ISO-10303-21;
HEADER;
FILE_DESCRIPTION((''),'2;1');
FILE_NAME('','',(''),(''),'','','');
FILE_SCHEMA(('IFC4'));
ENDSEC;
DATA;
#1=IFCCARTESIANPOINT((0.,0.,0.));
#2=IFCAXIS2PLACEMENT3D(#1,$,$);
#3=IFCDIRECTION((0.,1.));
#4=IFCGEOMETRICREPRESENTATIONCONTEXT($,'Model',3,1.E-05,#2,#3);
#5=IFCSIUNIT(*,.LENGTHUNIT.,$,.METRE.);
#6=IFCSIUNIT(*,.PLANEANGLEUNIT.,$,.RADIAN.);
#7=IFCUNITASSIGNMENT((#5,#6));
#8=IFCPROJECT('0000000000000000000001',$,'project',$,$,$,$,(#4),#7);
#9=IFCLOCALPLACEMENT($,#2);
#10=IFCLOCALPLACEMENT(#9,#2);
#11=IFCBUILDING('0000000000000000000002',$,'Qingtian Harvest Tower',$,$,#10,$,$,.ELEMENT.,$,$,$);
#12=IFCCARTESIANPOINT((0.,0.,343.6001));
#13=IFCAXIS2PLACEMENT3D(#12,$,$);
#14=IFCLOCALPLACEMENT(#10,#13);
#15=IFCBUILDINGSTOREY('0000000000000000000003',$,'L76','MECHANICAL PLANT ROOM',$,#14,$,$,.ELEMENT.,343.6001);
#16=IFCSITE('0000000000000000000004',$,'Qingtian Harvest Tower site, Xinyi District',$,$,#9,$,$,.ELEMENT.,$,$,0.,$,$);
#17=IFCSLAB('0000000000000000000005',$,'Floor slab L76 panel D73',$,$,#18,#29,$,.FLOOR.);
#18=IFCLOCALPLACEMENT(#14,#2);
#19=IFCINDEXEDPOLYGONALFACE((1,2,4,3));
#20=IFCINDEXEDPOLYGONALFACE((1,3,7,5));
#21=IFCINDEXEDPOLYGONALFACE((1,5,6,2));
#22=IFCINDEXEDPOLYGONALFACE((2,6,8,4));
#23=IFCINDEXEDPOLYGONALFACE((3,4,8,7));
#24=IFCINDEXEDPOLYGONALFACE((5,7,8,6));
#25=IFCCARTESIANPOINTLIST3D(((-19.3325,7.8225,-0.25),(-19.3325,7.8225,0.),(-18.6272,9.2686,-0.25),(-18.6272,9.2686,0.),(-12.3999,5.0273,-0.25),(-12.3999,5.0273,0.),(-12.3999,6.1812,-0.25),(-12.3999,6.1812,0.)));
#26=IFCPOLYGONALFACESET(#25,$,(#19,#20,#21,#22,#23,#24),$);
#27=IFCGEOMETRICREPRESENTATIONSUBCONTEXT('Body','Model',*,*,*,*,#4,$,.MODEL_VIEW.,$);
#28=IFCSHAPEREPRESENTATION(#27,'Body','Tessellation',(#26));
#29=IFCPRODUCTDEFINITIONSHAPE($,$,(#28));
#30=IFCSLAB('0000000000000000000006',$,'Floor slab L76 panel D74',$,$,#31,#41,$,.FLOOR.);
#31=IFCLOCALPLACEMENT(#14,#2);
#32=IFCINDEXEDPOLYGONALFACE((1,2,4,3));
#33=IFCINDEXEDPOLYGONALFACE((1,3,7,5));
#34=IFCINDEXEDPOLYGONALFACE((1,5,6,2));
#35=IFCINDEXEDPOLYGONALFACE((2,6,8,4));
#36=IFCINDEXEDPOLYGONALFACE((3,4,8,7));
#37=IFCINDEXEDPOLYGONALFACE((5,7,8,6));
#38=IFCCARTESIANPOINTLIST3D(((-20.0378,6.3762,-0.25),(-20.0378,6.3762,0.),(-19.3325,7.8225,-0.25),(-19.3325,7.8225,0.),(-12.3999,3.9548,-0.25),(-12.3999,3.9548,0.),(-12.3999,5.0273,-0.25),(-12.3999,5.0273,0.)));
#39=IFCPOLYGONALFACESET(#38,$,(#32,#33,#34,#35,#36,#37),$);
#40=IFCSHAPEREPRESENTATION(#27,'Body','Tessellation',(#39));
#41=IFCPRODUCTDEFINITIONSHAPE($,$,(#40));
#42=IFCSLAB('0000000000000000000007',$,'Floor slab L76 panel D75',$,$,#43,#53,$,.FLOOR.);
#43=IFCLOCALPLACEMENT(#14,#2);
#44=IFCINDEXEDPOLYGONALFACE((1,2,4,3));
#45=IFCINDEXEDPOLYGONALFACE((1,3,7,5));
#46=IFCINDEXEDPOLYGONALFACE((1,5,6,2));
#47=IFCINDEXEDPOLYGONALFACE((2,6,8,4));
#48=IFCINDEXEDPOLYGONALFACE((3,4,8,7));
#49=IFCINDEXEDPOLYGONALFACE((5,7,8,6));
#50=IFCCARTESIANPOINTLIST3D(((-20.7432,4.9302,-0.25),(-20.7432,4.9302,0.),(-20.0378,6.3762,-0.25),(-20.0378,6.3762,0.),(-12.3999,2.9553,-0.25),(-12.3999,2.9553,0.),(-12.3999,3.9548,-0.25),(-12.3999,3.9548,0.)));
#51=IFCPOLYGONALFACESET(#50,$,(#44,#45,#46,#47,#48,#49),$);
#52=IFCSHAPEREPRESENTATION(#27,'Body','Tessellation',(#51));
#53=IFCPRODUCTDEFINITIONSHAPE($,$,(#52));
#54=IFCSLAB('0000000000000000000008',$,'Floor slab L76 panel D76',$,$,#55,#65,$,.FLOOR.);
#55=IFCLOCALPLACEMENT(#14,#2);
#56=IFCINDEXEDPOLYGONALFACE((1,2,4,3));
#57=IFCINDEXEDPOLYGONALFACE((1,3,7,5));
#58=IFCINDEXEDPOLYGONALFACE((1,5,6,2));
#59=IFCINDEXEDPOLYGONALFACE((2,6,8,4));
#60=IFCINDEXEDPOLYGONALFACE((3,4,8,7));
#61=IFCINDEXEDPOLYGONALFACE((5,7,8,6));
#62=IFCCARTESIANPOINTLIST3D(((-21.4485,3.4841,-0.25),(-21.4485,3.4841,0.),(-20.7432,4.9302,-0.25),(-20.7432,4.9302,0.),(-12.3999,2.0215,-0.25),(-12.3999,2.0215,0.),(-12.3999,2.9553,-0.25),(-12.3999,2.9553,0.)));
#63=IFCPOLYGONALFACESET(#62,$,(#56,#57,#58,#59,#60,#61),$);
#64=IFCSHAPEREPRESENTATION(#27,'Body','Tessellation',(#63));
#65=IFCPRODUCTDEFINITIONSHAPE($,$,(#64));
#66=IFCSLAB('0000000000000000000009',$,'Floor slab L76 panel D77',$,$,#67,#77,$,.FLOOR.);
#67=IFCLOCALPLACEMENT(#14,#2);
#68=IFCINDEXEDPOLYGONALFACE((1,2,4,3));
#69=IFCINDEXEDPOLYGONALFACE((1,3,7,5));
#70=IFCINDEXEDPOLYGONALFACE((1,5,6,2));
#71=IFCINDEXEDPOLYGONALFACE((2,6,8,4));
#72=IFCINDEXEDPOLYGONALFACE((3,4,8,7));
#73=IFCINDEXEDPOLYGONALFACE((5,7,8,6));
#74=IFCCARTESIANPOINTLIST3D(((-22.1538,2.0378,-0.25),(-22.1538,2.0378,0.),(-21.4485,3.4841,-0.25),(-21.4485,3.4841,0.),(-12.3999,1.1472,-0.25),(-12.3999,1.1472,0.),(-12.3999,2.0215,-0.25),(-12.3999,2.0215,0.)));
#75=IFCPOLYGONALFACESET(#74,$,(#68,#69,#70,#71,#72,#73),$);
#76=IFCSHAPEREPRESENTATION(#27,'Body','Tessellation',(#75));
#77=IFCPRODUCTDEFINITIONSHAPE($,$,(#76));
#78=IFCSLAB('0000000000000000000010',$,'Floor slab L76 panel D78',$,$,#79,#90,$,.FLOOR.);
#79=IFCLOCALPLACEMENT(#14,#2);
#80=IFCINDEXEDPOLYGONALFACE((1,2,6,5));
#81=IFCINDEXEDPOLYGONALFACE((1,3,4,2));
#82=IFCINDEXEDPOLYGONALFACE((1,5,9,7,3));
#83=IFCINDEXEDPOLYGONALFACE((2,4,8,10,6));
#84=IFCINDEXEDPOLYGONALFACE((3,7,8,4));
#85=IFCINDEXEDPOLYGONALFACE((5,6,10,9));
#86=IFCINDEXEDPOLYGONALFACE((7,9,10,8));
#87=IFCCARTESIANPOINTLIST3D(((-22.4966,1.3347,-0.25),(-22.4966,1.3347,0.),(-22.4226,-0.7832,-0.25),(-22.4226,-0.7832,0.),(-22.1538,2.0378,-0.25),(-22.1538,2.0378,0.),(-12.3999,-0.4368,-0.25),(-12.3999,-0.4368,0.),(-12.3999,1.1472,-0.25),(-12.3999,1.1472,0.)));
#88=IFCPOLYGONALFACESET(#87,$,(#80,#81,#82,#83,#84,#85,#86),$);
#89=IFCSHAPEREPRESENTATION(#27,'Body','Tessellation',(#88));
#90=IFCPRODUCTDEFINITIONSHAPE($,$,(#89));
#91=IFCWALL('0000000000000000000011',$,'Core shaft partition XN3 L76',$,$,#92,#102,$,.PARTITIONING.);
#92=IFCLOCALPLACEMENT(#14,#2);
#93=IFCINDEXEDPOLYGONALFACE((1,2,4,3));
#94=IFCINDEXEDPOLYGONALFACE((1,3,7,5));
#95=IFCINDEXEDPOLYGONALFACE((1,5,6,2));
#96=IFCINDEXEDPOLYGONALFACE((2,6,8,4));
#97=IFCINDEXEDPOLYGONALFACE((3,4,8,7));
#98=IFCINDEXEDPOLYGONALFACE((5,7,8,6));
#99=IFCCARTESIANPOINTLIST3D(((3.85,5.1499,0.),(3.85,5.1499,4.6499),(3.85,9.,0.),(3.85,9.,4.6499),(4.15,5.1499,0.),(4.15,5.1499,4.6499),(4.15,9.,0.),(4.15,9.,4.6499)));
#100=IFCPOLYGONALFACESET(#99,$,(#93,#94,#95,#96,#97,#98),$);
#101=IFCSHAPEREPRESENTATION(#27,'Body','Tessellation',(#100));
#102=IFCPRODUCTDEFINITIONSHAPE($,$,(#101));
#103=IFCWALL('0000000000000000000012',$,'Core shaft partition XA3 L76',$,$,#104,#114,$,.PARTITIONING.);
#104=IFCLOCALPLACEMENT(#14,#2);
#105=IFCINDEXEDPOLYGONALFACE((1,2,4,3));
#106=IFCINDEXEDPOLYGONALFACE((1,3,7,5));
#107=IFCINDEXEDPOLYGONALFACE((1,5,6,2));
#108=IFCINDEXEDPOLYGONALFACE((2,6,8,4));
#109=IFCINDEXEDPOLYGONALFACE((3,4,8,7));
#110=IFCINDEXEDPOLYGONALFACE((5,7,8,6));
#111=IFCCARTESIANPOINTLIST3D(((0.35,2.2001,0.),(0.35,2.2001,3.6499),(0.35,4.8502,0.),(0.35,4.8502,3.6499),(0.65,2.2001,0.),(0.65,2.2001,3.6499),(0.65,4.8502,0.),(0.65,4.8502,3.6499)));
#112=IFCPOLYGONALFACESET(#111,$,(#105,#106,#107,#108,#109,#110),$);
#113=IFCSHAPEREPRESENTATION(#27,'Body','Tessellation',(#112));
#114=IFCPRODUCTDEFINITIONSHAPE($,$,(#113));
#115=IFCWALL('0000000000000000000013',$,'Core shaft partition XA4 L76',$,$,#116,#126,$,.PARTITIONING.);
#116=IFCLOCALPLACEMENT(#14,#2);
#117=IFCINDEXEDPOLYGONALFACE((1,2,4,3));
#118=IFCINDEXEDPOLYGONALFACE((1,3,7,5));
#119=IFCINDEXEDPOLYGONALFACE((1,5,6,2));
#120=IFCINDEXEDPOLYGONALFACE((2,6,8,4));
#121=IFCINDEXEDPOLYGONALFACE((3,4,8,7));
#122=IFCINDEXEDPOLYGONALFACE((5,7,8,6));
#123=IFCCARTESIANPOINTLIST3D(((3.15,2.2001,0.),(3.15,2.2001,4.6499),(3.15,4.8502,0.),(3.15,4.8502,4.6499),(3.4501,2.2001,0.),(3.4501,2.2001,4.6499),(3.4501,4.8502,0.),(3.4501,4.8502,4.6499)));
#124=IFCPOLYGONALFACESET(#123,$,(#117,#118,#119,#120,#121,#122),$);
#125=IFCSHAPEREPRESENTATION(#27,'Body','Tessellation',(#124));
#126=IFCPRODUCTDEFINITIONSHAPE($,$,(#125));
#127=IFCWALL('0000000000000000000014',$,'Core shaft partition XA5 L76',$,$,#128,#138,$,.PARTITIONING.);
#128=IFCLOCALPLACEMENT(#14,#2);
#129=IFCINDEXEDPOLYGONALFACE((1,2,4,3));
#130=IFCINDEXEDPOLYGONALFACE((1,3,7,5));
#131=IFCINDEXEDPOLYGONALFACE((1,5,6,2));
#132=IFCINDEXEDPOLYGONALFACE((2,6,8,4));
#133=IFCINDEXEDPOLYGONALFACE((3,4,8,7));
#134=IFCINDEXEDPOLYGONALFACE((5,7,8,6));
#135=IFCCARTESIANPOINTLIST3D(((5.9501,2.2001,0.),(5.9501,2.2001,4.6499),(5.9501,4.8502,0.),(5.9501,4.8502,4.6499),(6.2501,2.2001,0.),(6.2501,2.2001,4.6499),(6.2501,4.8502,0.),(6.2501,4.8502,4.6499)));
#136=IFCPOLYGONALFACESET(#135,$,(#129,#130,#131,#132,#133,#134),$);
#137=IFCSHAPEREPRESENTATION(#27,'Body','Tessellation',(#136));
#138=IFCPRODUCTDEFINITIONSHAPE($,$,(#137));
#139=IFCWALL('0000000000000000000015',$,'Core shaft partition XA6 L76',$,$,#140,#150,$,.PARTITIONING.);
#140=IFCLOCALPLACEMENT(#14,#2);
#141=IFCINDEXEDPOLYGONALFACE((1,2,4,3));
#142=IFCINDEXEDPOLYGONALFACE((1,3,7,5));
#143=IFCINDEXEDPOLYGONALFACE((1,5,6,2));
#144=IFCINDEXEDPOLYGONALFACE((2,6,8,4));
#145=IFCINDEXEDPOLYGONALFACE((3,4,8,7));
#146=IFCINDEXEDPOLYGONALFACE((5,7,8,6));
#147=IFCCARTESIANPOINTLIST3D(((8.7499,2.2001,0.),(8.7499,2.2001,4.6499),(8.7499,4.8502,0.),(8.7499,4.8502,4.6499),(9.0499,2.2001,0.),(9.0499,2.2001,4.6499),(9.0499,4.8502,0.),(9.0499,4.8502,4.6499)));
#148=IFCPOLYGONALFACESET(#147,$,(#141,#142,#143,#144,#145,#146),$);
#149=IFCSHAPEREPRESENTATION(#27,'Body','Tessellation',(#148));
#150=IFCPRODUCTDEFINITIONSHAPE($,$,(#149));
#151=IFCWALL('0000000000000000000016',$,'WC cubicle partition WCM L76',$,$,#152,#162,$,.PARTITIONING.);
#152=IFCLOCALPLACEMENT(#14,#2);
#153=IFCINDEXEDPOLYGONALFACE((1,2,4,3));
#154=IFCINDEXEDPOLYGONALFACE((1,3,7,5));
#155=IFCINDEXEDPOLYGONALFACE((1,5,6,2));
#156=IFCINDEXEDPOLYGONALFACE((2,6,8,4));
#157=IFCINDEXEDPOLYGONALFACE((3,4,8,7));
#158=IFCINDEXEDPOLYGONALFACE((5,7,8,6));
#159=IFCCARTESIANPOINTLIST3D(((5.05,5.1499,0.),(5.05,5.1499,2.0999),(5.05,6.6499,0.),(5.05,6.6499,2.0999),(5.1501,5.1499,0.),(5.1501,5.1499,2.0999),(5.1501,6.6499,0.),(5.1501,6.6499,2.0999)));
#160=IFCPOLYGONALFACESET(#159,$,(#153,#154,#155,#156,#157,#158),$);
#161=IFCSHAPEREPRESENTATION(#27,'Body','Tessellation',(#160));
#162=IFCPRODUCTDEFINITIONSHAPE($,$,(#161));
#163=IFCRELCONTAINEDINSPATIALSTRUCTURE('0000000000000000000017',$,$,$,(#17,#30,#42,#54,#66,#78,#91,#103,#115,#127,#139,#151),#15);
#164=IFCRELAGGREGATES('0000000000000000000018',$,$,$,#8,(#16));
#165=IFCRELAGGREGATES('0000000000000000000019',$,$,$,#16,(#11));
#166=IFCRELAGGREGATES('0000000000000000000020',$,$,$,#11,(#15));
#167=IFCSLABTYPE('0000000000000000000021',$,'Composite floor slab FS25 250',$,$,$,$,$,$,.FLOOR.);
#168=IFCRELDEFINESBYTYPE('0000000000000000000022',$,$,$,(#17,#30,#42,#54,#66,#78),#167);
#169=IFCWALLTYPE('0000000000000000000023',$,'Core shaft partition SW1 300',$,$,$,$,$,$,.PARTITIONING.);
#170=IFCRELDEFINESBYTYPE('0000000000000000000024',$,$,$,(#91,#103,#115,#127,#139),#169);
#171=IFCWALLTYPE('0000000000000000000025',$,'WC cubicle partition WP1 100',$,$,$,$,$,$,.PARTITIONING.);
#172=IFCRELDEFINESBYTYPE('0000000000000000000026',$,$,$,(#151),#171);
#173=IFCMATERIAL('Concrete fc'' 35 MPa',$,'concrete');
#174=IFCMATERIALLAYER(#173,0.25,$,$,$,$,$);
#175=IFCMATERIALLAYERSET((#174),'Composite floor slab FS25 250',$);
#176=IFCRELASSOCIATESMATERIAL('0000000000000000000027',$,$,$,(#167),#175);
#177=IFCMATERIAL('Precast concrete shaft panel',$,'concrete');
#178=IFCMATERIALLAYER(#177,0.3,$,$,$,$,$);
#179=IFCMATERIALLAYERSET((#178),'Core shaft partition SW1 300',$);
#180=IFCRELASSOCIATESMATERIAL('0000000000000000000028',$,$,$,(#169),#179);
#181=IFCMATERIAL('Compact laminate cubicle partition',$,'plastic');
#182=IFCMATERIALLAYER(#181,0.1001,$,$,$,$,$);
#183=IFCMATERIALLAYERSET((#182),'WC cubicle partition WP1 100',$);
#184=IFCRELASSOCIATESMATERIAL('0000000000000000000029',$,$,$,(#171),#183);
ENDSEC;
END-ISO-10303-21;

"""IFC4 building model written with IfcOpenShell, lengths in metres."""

from ifc_helpers import new_model, si_unit, direction, frame, frame_2d, origin, place, context, subcontext, project, spatial, polyline, rectangle, outline, extrude, material, layer, layer_set, type_object, element, save


model = new_model("IFC4")

# Units and contexts
model_context = context("Model", 3, precision=1e-05, world=origin(), true_north=direction((0.0, 1.0)))
body_context = subcontext(model_context, "Body", "Model", "MODEL_VIEW")
ifc_project = project(units=[si_unit("LENGTHUNIT", "METRE"), si_unit("PLANEANGLEUNIT", "RADIAN")], contexts=[model_context])

# Site, building, storey
site_placement = place(None, origin())
site = spatial("IfcSite", under=ifc_project, at=site_placement, Name="Qingtian Harvest Tower site, Xinyi District", CompositionType="ELEMENT", RefElevation=0.0)
building_placement = place(site_placement, origin())
building = spatial("IfcBuilding", under=site, at=building_placement, Name="Qingtian Harvest Tower", CompositionType="ELEMENT")
storey_placement = place(building_placement, frame((0.0, 0.0, 343.6001)))
storey = spatial("IfcBuildingStorey", under=building, at=storey_placement, Name="L76", Description="MECHANICAL PLANT ROOM", CompositionType="ELEMENT", Elevation=343.6001)

# Slabs
ifc_material_1 = material(Name="Concrete fc' 35 MPa", Category="concrete")
ifc_layer_1 = layer(ifc_material_1, 0.25)
ifc_layer_set_1 = layer_set([ifc_layer_1], Name="Composite floor slab FS25 250")
slab_type = type_object("IfcSlabType", Name="Composite floor slab FS25 250", PredefinedType="FLOOR", material=ifc_layer_set_1)
slab_1_placement = place(storey_placement, frame((0.0, 0.0, -0.25)))
element("IfcSlab", 1, at=slab_1_placement, inside=storey, type_object=slab_type, Name="Floor slab L76 panel D73", PredefinedType="FLOOR", context=body_context, shape_type="SweptSolid", body=[
    extrude(outline(polyline([(-12.3999, 5.0273), (-19.3325, 7.8225), (-18.6272, 9.2686), (-12.3999, 6.1812), (-12.3999, 5.0273)])), origin(), (0.0, 0.0, 1.0), 0.25),
])
slab_2_placement = place(storey_placement, frame((0.0, 0.0, -0.25)))
element("IfcSlab", 2, at=slab_2_placement, inside=storey, type_object=slab_type, Name="Floor slab L76 panel D74", PredefinedType="FLOOR", context=body_context, shape_type="SweptSolid", body=[
    extrude(outline(polyline([(-12.3999, 3.9548), (-20.0378, 6.3762), (-19.3325, 7.8225), (-12.3999, 5.0273), (-12.3999, 3.9548)])), origin(), (0.0, 0.0, 1.0), 0.25),
])
slab_3_placement = place(storey_placement, frame((0.0, 0.0, -0.25)))
element("IfcSlab", 3, at=slab_3_placement, inside=storey, type_object=slab_type, Name="Floor slab L76 panel D75", PredefinedType="FLOOR", context=body_context, shape_type="SweptSolid", body=[
    extrude(outline(polyline([(-12.3999, 2.9553), (-20.7432, 4.9302), (-20.0378, 6.3762), (-12.3999, 3.9548), (-12.3999, 2.9553)])), origin(), (0.0, 0.0, 1.0), 0.25),
])
slab_4_placement = place(storey_placement, frame((0.0, 0.0, -0.25)))
element("IfcSlab", 4, at=slab_4_placement, inside=storey, type_object=slab_type, Name="Floor slab L76 panel D76", PredefinedType="FLOOR", context=body_context, shape_type="SweptSolid", body=[
    extrude(outline(polyline([(-12.3999, 2.0215), (-21.4485, 3.4841), (-20.7432, 4.9302), (-12.3999, 2.9553), (-12.3999, 2.0215)])), origin(), (0.0, 0.0, 1.0), 0.25),
])
slab_5_placement = place(storey_placement, frame((0.0, 0.0, -0.25)))
element("IfcSlab", 5, at=slab_5_placement, inside=storey, type_object=slab_type, Name="Floor slab L76 panel D77", PredefinedType="FLOOR", context=body_context, shape_type="SweptSolid", body=[
    extrude(outline(polyline([(-12.3999, 1.1472), (-22.1538, 2.0378), (-21.4485, 3.4841), (-12.3999, 2.0215), (-12.3999, 1.1472)])), origin(), (0.0, 0.0, 1.0), 0.25),
])
slab_6_placement = place(storey_placement, frame((0.0, 0.0, -0.25)))
element("IfcSlab", 6, at=slab_6_placement, inside=storey, type_object=slab_type, Name="Floor slab L76 panel D78", PredefinedType="FLOOR", context=body_context, shape_type="SweptSolid", body=[
    extrude(outline(polyline([(-12.3999, 1.1472), (-12.3999, -0.4368), (-22.4226, -0.7832), (-22.4966, 1.3347), (-22.1538, 2.0378), (-12.3999, 1.1472)])), origin(), (0.0, 0.0, 1.0), 0.25),
])

# Shared definitions
ifc_material_2 = material(Name="Precast concrete shaft panel", Category="concrete")
ifc_layer_2 = layer(ifc_material_2, 0.3)
ifc_layer_set_2 = layer_set([ifc_layer_2], Name="Core shaft partition SW1 300")
wall_type_1 = type_object("IfcWallType", Name="Core shaft partition SW1 300", PredefinedType="PARTITIONING", material=ifc_layer_set_2)

# Walls
wall_1_placement = place(storey_placement, frame((4.0, 5.1499, 0.0), z_axis=(0.0, 0.0, 1.0), x_axis=(0.0, 1.0, 0.0)))
element("IfcWall", 7, at=wall_1_placement, inside=storey, type_object=wall_type_1, Name="Core shaft partition XN3 L76", PredefinedType="PARTITIONING", context=body_context, shape_type="SweptSolid", body=[
    extrude(rectangle(XDim=3.8501, YDim=0.3, at=frame_2d((1.925, 0.0))), origin(), (0.0, 0.0, 1.0), 4.6499),
])
wall_2_placement = place(storey_placement, frame((0.5, 2.2, 0.0), z_axis=(0.0, 0.0, 1.0), x_axis=(0.0, 1.0, 0.0)))
element("IfcWall", 8, at=wall_2_placement, inside=storey, type_object=wall_type_1, Name="Core shaft partition XA3 L76", PredefinedType="PARTITIONING", context=body_context, shape_type="SweptSolid", body=[
    extrude(rectangle(XDim=2.6501, YDim=0.3, at=frame_2d((1.3252, 0.0))), origin(), (0.0, 0.0, 1.0), 3.6499),
])
for number, where, z_axis, x_axis, name in (
    (9, (3.3, 2.2, 0.0), (0.0, 0.0, 1.0), (0.0, 1.0, 0.0), "Core shaft partition XA4 L76"),
    (10, (6.1001, 2.2, 0.0), (0.0, 0.0, 1.0), (0.0, 1.0, 0.0), "Core shaft partition XA5 L76"),
    (11, (8.8999, 2.2, 0.0), (0.0, 0.0, 1.0), (0.0, 1.0, 0.0), "Core shaft partition XA6 L76"),
):
    element("IfcWall", number, at=place(storey_placement, frame(where, z_axis=z_axis, x_axis=x_axis)), inside=storey, type_object=wall_type_1, Name=name, PredefinedType="PARTITIONING", context=body_context, shape_type="SweptSolid", body=[
        extrude(rectangle(XDim=2.6501, YDim=0.3, at=frame_2d((1.3252, 0.0))), origin(), (0.0, 0.0, 1.0), 4.6499),
    ])
ifc_material_3 = material(Name="Compact laminate cubicle partition", Category="plastic")
ifc_layer_3 = layer(ifc_material_3, 0.1001)
ifc_layer_set_3 = layer_set([ifc_layer_3], Name="WC cubicle partition WP1 100")
wall_type_2 = type_object("IfcWallType", Name="WC cubicle partition WP1 100", PredefinedType="PARTITIONING", material=ifc_layer_set_3)
wall_3_placement = place(storey_placement, frame((5.1001, 5.1499, 0.0), z_axis=(0.0, 0.0, 1.0), x_axis=(0.0, 1.0, 0.0)))
element("IfcWall", 12, at=wall_3_placement, inside=storey, type_object=wall_type_2, Name="WC cubicle partition WCM L76", PredefinedType="PARTITIONING", context=body_context, shape_type="SweptSolid", body=[
    extrude(rectangle(XDim=1.5, YDim=0.1001, at=frame_2d((0.75, 0.0))), origin(), (0.0, 0.0, 1.0), 2.0999),
])

save(model, "model.ifc")
